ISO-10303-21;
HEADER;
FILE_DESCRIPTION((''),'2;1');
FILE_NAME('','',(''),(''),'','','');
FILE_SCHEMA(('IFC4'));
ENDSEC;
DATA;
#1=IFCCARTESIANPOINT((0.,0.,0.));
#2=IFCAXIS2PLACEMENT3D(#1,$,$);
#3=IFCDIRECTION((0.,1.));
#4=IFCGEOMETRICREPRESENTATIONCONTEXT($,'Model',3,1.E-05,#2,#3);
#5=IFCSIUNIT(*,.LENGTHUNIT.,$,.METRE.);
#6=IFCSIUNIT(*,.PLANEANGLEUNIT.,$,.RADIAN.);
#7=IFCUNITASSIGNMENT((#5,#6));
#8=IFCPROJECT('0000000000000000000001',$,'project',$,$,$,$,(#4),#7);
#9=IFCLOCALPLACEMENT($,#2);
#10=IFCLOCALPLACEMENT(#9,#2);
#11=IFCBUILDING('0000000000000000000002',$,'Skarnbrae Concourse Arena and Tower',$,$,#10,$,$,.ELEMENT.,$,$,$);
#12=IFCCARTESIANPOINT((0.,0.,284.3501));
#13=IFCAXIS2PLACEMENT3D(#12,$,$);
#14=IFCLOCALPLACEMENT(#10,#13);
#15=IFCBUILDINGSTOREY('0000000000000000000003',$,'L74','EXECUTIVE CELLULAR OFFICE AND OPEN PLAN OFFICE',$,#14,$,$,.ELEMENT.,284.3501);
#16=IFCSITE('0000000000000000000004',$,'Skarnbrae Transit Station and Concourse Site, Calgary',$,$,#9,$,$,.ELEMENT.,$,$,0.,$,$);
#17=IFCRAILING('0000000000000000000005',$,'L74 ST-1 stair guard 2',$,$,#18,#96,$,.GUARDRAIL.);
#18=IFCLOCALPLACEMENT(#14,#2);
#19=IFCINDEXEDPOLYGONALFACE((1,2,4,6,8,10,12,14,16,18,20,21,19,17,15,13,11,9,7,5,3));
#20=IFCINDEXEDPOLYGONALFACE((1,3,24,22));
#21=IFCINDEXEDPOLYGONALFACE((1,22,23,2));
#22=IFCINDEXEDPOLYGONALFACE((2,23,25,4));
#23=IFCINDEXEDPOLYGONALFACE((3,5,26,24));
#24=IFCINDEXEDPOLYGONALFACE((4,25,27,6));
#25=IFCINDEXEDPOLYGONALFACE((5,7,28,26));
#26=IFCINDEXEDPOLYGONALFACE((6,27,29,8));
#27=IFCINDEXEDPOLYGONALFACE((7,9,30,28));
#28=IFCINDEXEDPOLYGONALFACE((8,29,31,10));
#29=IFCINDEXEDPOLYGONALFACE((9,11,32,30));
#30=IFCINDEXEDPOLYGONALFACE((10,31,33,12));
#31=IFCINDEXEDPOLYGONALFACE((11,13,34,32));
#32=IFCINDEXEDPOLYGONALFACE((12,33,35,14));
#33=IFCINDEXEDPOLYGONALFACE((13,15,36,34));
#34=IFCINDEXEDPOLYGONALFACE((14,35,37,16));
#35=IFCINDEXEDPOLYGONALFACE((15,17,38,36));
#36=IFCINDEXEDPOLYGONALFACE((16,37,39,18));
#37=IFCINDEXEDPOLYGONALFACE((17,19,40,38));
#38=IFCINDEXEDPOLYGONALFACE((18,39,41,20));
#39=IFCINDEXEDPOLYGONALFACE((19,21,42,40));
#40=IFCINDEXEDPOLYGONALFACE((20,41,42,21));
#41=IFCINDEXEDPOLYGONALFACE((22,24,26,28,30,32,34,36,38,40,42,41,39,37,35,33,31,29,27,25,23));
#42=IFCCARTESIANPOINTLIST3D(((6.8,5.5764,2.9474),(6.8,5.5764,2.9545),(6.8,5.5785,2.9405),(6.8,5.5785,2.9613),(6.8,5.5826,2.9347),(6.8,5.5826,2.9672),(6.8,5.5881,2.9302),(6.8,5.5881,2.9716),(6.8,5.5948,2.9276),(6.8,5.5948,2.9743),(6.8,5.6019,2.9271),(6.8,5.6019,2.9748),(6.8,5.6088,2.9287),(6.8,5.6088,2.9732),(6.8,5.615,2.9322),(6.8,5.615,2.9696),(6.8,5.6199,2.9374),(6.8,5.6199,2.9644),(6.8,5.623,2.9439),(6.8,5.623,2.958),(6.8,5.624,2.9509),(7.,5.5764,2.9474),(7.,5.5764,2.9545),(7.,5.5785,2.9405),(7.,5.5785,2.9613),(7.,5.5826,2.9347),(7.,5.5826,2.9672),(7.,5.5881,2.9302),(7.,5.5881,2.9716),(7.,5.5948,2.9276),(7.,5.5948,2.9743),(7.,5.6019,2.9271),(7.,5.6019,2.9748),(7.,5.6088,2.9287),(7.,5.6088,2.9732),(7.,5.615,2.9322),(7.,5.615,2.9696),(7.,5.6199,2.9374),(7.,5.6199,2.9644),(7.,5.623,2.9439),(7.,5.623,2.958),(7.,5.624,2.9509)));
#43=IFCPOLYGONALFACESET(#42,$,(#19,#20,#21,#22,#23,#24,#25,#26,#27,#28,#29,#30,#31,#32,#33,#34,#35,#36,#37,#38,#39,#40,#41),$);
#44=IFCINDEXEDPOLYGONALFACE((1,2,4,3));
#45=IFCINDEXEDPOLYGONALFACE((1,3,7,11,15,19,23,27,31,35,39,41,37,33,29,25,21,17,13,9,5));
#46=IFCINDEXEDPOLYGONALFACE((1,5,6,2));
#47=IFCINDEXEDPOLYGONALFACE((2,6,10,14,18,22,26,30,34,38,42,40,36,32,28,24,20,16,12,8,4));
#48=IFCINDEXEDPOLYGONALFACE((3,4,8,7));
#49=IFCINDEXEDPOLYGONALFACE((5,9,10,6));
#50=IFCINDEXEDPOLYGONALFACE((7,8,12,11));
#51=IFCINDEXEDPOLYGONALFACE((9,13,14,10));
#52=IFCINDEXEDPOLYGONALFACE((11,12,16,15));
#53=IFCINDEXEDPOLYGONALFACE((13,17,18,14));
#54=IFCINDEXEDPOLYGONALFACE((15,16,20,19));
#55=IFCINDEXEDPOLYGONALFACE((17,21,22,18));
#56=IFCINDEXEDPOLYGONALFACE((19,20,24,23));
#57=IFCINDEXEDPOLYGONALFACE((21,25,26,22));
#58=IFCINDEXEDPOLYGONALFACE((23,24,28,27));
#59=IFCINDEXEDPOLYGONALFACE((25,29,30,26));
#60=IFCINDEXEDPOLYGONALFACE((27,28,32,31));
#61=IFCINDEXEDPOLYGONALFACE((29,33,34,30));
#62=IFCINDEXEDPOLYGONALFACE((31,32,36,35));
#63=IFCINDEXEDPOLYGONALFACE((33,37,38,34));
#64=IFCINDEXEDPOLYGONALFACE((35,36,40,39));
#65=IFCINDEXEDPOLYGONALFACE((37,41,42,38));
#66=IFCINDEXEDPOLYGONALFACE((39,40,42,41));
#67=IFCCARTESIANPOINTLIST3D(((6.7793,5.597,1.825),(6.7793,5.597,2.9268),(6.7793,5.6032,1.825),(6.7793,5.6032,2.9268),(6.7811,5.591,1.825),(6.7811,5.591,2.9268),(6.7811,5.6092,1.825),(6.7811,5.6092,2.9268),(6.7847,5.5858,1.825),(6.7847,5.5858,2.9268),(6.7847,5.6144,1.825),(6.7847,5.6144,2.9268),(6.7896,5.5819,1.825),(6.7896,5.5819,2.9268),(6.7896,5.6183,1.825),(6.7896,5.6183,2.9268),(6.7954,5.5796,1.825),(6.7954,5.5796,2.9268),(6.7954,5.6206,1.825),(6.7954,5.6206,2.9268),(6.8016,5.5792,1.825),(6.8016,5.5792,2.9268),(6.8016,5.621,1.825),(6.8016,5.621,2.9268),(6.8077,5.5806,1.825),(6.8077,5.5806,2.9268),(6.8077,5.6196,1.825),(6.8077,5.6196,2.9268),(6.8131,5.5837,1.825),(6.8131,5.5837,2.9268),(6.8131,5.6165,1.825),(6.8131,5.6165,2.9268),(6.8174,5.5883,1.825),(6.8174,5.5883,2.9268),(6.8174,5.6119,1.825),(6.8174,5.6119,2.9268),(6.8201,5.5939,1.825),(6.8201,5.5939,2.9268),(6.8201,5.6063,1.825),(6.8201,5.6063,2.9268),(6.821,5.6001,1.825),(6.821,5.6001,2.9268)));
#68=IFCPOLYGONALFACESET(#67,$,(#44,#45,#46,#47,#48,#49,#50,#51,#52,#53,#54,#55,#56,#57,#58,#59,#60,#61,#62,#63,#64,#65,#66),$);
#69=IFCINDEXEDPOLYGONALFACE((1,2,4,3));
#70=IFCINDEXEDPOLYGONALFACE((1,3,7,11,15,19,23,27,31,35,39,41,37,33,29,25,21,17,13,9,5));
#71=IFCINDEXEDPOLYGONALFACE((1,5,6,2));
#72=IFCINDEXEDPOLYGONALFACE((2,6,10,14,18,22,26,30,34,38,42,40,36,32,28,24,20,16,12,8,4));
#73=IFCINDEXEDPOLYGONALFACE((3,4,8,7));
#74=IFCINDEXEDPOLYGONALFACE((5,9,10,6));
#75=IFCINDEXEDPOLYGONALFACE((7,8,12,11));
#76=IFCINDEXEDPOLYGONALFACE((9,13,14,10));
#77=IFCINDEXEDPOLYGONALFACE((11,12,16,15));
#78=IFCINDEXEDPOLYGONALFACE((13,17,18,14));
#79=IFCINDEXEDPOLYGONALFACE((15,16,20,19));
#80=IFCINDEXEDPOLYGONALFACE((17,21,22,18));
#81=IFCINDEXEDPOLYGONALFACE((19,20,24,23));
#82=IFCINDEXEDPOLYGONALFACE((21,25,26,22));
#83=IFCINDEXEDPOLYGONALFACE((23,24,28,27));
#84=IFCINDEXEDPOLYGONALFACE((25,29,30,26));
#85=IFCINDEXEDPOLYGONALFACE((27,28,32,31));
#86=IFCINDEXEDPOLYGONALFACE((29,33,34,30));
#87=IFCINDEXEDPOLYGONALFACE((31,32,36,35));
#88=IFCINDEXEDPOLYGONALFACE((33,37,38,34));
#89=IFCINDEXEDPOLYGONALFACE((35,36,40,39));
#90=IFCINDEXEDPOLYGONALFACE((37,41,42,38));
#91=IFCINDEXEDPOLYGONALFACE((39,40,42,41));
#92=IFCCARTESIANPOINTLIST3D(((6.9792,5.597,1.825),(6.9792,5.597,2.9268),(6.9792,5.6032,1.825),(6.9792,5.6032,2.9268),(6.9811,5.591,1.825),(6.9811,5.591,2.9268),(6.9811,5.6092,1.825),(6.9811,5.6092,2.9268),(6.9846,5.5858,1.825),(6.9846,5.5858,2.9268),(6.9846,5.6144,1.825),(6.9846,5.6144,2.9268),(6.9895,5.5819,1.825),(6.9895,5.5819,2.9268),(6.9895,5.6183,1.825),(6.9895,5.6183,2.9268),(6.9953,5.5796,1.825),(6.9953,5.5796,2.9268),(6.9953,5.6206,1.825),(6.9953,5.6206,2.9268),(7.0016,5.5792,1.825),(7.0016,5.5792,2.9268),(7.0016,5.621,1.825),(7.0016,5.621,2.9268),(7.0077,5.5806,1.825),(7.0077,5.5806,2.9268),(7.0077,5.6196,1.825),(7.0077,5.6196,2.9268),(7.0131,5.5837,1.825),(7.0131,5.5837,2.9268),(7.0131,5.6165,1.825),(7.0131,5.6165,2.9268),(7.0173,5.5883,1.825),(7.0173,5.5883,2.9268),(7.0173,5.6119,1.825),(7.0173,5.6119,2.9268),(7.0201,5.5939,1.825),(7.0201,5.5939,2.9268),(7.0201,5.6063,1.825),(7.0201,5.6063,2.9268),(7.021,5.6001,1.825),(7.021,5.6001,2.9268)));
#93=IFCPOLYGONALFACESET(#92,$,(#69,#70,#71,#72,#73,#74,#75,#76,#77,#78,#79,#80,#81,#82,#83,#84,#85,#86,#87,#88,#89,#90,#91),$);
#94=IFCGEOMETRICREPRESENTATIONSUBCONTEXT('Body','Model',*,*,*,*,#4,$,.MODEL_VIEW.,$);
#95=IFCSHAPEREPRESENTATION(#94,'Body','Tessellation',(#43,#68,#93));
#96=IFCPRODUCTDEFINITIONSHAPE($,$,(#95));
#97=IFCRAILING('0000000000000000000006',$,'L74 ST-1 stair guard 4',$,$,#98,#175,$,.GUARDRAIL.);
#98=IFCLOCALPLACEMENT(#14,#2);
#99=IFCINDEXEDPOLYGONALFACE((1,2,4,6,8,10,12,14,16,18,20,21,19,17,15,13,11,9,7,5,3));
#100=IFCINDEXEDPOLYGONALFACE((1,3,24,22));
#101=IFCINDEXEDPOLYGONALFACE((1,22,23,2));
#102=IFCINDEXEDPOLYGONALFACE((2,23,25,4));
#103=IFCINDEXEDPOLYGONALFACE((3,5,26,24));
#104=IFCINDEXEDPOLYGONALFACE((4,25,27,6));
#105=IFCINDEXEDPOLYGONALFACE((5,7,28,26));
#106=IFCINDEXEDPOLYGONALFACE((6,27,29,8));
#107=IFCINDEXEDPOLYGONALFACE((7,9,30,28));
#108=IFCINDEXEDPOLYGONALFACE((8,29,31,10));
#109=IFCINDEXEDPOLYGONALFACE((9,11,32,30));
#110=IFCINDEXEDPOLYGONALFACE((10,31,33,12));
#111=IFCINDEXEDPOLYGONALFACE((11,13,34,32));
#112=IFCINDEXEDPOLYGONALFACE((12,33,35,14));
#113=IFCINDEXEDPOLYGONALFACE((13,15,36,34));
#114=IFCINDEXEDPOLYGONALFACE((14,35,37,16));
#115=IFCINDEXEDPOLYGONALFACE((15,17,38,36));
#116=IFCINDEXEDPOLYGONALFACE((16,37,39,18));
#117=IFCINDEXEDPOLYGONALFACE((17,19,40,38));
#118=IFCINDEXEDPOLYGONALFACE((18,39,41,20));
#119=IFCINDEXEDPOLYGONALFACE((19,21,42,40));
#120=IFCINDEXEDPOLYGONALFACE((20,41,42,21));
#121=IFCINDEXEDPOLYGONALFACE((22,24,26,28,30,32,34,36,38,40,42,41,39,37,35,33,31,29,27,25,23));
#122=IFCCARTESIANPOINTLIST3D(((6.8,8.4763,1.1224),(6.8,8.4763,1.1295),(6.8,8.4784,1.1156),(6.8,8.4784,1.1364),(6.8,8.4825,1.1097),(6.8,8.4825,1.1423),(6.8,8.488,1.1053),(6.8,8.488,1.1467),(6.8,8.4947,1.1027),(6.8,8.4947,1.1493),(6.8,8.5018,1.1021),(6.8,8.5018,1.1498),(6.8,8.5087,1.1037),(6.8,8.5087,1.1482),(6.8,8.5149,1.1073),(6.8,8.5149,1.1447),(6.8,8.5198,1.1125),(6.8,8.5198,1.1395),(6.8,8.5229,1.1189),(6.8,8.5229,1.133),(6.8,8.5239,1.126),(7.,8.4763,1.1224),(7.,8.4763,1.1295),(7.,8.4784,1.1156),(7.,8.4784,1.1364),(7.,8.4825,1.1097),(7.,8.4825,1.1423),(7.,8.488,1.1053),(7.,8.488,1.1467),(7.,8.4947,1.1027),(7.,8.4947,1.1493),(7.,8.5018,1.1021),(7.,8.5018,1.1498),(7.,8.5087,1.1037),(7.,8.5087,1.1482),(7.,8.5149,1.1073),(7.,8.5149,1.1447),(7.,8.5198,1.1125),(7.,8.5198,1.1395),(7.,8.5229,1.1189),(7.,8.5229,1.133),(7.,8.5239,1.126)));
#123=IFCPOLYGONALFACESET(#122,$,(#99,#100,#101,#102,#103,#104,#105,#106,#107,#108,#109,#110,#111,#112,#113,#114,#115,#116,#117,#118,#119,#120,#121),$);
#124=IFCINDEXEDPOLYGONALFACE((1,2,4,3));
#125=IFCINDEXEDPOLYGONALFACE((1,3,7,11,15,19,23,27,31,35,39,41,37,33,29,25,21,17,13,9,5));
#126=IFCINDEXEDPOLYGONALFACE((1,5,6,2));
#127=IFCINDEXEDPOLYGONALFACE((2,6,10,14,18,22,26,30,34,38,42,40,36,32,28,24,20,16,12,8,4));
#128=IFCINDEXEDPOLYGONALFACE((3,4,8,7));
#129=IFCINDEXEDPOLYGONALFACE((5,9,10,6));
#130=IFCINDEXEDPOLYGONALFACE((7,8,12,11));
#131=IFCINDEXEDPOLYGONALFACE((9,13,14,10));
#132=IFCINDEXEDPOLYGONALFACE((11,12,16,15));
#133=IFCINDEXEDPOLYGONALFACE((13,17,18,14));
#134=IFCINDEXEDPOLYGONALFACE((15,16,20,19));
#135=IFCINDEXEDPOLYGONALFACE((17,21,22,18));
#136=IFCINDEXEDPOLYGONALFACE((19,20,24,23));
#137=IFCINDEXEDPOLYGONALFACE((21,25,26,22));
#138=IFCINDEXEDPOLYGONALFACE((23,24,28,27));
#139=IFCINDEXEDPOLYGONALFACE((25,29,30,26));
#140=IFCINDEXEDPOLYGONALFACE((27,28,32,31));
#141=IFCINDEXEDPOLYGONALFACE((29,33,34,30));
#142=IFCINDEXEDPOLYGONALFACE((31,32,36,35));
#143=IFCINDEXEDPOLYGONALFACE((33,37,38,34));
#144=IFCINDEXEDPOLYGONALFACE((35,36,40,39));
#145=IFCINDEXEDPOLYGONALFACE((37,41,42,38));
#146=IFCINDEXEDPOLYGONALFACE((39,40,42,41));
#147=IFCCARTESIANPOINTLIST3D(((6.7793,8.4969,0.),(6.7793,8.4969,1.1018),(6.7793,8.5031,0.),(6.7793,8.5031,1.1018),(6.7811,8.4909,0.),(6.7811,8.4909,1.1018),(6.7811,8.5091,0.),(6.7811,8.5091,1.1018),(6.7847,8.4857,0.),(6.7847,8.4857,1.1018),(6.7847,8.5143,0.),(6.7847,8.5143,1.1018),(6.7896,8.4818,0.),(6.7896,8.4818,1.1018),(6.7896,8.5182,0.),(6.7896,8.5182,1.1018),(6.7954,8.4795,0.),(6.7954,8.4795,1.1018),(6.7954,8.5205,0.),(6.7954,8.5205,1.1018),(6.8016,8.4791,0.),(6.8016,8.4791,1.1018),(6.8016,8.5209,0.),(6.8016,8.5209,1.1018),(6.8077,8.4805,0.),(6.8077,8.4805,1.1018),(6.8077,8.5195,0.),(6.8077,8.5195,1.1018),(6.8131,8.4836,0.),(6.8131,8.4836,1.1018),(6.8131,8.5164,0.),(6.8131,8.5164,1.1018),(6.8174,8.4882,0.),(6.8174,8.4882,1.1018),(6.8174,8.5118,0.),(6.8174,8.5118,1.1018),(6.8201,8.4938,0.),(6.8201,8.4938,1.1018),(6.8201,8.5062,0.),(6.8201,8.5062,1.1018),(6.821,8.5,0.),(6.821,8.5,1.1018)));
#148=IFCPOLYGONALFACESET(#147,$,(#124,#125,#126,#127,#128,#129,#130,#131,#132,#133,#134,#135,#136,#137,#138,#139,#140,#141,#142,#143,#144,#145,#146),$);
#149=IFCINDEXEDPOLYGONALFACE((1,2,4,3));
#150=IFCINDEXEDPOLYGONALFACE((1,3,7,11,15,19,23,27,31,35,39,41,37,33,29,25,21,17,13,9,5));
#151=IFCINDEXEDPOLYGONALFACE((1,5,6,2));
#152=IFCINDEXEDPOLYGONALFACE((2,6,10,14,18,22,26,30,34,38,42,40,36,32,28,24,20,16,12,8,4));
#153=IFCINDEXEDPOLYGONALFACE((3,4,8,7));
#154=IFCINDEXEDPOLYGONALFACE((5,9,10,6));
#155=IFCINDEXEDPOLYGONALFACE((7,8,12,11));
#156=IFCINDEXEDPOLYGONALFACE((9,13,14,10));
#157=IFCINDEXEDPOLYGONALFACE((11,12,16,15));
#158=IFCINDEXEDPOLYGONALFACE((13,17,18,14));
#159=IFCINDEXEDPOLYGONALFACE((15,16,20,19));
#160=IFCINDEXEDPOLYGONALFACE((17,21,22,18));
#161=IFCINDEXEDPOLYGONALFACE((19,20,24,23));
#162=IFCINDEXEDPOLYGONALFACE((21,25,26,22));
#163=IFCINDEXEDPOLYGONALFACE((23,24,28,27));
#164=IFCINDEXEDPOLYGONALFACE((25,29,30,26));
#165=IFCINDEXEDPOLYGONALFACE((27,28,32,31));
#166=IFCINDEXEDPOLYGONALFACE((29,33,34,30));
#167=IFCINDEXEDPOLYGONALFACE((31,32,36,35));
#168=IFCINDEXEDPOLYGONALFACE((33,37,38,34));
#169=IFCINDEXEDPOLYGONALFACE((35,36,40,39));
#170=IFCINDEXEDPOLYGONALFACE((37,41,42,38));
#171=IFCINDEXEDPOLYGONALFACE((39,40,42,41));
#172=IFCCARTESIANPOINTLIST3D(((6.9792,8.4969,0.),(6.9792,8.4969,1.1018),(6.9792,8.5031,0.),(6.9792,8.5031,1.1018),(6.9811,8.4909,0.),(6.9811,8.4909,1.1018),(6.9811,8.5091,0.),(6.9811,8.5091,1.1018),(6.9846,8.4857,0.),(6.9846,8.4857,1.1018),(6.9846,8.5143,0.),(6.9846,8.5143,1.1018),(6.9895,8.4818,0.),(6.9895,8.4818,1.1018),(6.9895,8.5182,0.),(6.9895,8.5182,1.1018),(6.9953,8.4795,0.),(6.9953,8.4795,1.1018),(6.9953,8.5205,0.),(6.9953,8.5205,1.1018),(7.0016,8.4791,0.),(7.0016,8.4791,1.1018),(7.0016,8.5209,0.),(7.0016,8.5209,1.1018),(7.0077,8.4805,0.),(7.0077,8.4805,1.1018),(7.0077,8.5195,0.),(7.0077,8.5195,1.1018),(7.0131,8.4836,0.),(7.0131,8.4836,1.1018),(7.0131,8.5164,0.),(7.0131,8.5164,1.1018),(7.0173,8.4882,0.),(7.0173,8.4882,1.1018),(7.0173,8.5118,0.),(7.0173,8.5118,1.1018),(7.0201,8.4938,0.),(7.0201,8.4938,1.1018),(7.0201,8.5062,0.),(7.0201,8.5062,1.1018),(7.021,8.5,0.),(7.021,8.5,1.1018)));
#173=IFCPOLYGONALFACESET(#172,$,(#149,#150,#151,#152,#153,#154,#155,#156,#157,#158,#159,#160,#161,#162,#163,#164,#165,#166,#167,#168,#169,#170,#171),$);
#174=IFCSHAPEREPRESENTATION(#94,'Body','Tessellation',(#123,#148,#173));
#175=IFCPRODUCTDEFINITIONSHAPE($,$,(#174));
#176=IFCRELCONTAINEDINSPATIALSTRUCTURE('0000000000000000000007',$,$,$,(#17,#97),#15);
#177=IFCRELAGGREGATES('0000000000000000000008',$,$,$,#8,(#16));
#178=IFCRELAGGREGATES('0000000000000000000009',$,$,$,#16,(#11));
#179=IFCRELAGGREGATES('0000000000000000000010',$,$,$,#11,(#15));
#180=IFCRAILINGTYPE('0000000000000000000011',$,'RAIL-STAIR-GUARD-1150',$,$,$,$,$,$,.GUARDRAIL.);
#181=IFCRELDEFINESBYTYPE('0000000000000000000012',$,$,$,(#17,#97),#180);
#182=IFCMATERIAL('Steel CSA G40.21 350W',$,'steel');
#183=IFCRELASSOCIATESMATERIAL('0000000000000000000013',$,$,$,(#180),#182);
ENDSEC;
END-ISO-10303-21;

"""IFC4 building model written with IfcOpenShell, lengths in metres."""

from ifc_helpers import new_model, si_unit, direction, frame, origin, origin_2d, place, context, subcontext, project, spatial, circle, extrude, material, type_object, element, save


model = new_model("IFC4")

# Units and contexts
model_context = context("Model", 3, precision=1e-05, world=origin(), true_north=direction((0.0, 1.0)))
body_context = subcontext(model_context, "Body", "Model", "MODEL_VIEW")
ifc_project = project(units=[si_unit("LENGTHUNIT", "METRE"), si_unit("PLANEANGLEUNIT", "RADIAN")], contexts=[model_context])

# Site, building, storey
site_placement = place(None, origin())
site = spatial("IfcSite", under=ifc_project, at=site_placement, Name="Skarnbrae Transit Station and Concourse Site, Calgary", CompositionType="ELEMENT", RefElevation=0.0)
building_placement = place(site_placement, origin())
building = spatial("IfcBuilding", under=site, at=building_placement, Name="Skarnbrae Concourse Arena and Tower", CompositionType="ELEMENT")
storey_placement = place(building_placement, frame((0.0, 0.0, 284.3501)))
storey = spatial("IfcBuildingStorey", under=building, at=storey_placement, Name="L74", Description="EXECUTIVE CELLULAR OFFICE AND OPEN PLAN OFFICE", CompositionType="ELEMENT", Elevation=284.3501)

# Railings
ifc_material_1 = material(Name="Steel CSA G40.21 350W", Category="steel")
railing_type_1 = type_object("IfcRailingType", Name="RAIL-STAIR-GUARD-1150", PredefinedType="GUARDRAIL", material=ifc_material_1)
for number, where, name in (
    (1, (6.8, 5.6001, 1.825), "L74 ST-1 stair guard 2"),
    (2, (6.8, 8.5, 0.0), "L74 ST-1 stair guard 4"),
):
    element("IfcRailing", number, at=place(storey_placement, frame(where)), inside=storey, type_object=railing_type_1, Name=name, PredefinedType="GUARDRAIL", context=body_context, shape_type="SweptSolid", body=[
        extrude(circle(Radius=0.0239, at=origin_2d()), frame((0.0, 0.0, 1.126), z_axis=(1.0, 0.0, 0.0), x_axis=(0.0, 1.0, 0.0)), (0.0, 0.0, 1.0), 0.2),
        extrude(circle(Radius=0.021, at=origin_2d()), origin(), (0.0, 0.0, 1.0), 1.1018),
        extrude(circle(Radius=0.021, at=origin_2d()), frame((0.2, 0.0, 0.0)), (0.0, 0.0, 1.0), 1.1018),
    ])

save(model, "model.ifc")
